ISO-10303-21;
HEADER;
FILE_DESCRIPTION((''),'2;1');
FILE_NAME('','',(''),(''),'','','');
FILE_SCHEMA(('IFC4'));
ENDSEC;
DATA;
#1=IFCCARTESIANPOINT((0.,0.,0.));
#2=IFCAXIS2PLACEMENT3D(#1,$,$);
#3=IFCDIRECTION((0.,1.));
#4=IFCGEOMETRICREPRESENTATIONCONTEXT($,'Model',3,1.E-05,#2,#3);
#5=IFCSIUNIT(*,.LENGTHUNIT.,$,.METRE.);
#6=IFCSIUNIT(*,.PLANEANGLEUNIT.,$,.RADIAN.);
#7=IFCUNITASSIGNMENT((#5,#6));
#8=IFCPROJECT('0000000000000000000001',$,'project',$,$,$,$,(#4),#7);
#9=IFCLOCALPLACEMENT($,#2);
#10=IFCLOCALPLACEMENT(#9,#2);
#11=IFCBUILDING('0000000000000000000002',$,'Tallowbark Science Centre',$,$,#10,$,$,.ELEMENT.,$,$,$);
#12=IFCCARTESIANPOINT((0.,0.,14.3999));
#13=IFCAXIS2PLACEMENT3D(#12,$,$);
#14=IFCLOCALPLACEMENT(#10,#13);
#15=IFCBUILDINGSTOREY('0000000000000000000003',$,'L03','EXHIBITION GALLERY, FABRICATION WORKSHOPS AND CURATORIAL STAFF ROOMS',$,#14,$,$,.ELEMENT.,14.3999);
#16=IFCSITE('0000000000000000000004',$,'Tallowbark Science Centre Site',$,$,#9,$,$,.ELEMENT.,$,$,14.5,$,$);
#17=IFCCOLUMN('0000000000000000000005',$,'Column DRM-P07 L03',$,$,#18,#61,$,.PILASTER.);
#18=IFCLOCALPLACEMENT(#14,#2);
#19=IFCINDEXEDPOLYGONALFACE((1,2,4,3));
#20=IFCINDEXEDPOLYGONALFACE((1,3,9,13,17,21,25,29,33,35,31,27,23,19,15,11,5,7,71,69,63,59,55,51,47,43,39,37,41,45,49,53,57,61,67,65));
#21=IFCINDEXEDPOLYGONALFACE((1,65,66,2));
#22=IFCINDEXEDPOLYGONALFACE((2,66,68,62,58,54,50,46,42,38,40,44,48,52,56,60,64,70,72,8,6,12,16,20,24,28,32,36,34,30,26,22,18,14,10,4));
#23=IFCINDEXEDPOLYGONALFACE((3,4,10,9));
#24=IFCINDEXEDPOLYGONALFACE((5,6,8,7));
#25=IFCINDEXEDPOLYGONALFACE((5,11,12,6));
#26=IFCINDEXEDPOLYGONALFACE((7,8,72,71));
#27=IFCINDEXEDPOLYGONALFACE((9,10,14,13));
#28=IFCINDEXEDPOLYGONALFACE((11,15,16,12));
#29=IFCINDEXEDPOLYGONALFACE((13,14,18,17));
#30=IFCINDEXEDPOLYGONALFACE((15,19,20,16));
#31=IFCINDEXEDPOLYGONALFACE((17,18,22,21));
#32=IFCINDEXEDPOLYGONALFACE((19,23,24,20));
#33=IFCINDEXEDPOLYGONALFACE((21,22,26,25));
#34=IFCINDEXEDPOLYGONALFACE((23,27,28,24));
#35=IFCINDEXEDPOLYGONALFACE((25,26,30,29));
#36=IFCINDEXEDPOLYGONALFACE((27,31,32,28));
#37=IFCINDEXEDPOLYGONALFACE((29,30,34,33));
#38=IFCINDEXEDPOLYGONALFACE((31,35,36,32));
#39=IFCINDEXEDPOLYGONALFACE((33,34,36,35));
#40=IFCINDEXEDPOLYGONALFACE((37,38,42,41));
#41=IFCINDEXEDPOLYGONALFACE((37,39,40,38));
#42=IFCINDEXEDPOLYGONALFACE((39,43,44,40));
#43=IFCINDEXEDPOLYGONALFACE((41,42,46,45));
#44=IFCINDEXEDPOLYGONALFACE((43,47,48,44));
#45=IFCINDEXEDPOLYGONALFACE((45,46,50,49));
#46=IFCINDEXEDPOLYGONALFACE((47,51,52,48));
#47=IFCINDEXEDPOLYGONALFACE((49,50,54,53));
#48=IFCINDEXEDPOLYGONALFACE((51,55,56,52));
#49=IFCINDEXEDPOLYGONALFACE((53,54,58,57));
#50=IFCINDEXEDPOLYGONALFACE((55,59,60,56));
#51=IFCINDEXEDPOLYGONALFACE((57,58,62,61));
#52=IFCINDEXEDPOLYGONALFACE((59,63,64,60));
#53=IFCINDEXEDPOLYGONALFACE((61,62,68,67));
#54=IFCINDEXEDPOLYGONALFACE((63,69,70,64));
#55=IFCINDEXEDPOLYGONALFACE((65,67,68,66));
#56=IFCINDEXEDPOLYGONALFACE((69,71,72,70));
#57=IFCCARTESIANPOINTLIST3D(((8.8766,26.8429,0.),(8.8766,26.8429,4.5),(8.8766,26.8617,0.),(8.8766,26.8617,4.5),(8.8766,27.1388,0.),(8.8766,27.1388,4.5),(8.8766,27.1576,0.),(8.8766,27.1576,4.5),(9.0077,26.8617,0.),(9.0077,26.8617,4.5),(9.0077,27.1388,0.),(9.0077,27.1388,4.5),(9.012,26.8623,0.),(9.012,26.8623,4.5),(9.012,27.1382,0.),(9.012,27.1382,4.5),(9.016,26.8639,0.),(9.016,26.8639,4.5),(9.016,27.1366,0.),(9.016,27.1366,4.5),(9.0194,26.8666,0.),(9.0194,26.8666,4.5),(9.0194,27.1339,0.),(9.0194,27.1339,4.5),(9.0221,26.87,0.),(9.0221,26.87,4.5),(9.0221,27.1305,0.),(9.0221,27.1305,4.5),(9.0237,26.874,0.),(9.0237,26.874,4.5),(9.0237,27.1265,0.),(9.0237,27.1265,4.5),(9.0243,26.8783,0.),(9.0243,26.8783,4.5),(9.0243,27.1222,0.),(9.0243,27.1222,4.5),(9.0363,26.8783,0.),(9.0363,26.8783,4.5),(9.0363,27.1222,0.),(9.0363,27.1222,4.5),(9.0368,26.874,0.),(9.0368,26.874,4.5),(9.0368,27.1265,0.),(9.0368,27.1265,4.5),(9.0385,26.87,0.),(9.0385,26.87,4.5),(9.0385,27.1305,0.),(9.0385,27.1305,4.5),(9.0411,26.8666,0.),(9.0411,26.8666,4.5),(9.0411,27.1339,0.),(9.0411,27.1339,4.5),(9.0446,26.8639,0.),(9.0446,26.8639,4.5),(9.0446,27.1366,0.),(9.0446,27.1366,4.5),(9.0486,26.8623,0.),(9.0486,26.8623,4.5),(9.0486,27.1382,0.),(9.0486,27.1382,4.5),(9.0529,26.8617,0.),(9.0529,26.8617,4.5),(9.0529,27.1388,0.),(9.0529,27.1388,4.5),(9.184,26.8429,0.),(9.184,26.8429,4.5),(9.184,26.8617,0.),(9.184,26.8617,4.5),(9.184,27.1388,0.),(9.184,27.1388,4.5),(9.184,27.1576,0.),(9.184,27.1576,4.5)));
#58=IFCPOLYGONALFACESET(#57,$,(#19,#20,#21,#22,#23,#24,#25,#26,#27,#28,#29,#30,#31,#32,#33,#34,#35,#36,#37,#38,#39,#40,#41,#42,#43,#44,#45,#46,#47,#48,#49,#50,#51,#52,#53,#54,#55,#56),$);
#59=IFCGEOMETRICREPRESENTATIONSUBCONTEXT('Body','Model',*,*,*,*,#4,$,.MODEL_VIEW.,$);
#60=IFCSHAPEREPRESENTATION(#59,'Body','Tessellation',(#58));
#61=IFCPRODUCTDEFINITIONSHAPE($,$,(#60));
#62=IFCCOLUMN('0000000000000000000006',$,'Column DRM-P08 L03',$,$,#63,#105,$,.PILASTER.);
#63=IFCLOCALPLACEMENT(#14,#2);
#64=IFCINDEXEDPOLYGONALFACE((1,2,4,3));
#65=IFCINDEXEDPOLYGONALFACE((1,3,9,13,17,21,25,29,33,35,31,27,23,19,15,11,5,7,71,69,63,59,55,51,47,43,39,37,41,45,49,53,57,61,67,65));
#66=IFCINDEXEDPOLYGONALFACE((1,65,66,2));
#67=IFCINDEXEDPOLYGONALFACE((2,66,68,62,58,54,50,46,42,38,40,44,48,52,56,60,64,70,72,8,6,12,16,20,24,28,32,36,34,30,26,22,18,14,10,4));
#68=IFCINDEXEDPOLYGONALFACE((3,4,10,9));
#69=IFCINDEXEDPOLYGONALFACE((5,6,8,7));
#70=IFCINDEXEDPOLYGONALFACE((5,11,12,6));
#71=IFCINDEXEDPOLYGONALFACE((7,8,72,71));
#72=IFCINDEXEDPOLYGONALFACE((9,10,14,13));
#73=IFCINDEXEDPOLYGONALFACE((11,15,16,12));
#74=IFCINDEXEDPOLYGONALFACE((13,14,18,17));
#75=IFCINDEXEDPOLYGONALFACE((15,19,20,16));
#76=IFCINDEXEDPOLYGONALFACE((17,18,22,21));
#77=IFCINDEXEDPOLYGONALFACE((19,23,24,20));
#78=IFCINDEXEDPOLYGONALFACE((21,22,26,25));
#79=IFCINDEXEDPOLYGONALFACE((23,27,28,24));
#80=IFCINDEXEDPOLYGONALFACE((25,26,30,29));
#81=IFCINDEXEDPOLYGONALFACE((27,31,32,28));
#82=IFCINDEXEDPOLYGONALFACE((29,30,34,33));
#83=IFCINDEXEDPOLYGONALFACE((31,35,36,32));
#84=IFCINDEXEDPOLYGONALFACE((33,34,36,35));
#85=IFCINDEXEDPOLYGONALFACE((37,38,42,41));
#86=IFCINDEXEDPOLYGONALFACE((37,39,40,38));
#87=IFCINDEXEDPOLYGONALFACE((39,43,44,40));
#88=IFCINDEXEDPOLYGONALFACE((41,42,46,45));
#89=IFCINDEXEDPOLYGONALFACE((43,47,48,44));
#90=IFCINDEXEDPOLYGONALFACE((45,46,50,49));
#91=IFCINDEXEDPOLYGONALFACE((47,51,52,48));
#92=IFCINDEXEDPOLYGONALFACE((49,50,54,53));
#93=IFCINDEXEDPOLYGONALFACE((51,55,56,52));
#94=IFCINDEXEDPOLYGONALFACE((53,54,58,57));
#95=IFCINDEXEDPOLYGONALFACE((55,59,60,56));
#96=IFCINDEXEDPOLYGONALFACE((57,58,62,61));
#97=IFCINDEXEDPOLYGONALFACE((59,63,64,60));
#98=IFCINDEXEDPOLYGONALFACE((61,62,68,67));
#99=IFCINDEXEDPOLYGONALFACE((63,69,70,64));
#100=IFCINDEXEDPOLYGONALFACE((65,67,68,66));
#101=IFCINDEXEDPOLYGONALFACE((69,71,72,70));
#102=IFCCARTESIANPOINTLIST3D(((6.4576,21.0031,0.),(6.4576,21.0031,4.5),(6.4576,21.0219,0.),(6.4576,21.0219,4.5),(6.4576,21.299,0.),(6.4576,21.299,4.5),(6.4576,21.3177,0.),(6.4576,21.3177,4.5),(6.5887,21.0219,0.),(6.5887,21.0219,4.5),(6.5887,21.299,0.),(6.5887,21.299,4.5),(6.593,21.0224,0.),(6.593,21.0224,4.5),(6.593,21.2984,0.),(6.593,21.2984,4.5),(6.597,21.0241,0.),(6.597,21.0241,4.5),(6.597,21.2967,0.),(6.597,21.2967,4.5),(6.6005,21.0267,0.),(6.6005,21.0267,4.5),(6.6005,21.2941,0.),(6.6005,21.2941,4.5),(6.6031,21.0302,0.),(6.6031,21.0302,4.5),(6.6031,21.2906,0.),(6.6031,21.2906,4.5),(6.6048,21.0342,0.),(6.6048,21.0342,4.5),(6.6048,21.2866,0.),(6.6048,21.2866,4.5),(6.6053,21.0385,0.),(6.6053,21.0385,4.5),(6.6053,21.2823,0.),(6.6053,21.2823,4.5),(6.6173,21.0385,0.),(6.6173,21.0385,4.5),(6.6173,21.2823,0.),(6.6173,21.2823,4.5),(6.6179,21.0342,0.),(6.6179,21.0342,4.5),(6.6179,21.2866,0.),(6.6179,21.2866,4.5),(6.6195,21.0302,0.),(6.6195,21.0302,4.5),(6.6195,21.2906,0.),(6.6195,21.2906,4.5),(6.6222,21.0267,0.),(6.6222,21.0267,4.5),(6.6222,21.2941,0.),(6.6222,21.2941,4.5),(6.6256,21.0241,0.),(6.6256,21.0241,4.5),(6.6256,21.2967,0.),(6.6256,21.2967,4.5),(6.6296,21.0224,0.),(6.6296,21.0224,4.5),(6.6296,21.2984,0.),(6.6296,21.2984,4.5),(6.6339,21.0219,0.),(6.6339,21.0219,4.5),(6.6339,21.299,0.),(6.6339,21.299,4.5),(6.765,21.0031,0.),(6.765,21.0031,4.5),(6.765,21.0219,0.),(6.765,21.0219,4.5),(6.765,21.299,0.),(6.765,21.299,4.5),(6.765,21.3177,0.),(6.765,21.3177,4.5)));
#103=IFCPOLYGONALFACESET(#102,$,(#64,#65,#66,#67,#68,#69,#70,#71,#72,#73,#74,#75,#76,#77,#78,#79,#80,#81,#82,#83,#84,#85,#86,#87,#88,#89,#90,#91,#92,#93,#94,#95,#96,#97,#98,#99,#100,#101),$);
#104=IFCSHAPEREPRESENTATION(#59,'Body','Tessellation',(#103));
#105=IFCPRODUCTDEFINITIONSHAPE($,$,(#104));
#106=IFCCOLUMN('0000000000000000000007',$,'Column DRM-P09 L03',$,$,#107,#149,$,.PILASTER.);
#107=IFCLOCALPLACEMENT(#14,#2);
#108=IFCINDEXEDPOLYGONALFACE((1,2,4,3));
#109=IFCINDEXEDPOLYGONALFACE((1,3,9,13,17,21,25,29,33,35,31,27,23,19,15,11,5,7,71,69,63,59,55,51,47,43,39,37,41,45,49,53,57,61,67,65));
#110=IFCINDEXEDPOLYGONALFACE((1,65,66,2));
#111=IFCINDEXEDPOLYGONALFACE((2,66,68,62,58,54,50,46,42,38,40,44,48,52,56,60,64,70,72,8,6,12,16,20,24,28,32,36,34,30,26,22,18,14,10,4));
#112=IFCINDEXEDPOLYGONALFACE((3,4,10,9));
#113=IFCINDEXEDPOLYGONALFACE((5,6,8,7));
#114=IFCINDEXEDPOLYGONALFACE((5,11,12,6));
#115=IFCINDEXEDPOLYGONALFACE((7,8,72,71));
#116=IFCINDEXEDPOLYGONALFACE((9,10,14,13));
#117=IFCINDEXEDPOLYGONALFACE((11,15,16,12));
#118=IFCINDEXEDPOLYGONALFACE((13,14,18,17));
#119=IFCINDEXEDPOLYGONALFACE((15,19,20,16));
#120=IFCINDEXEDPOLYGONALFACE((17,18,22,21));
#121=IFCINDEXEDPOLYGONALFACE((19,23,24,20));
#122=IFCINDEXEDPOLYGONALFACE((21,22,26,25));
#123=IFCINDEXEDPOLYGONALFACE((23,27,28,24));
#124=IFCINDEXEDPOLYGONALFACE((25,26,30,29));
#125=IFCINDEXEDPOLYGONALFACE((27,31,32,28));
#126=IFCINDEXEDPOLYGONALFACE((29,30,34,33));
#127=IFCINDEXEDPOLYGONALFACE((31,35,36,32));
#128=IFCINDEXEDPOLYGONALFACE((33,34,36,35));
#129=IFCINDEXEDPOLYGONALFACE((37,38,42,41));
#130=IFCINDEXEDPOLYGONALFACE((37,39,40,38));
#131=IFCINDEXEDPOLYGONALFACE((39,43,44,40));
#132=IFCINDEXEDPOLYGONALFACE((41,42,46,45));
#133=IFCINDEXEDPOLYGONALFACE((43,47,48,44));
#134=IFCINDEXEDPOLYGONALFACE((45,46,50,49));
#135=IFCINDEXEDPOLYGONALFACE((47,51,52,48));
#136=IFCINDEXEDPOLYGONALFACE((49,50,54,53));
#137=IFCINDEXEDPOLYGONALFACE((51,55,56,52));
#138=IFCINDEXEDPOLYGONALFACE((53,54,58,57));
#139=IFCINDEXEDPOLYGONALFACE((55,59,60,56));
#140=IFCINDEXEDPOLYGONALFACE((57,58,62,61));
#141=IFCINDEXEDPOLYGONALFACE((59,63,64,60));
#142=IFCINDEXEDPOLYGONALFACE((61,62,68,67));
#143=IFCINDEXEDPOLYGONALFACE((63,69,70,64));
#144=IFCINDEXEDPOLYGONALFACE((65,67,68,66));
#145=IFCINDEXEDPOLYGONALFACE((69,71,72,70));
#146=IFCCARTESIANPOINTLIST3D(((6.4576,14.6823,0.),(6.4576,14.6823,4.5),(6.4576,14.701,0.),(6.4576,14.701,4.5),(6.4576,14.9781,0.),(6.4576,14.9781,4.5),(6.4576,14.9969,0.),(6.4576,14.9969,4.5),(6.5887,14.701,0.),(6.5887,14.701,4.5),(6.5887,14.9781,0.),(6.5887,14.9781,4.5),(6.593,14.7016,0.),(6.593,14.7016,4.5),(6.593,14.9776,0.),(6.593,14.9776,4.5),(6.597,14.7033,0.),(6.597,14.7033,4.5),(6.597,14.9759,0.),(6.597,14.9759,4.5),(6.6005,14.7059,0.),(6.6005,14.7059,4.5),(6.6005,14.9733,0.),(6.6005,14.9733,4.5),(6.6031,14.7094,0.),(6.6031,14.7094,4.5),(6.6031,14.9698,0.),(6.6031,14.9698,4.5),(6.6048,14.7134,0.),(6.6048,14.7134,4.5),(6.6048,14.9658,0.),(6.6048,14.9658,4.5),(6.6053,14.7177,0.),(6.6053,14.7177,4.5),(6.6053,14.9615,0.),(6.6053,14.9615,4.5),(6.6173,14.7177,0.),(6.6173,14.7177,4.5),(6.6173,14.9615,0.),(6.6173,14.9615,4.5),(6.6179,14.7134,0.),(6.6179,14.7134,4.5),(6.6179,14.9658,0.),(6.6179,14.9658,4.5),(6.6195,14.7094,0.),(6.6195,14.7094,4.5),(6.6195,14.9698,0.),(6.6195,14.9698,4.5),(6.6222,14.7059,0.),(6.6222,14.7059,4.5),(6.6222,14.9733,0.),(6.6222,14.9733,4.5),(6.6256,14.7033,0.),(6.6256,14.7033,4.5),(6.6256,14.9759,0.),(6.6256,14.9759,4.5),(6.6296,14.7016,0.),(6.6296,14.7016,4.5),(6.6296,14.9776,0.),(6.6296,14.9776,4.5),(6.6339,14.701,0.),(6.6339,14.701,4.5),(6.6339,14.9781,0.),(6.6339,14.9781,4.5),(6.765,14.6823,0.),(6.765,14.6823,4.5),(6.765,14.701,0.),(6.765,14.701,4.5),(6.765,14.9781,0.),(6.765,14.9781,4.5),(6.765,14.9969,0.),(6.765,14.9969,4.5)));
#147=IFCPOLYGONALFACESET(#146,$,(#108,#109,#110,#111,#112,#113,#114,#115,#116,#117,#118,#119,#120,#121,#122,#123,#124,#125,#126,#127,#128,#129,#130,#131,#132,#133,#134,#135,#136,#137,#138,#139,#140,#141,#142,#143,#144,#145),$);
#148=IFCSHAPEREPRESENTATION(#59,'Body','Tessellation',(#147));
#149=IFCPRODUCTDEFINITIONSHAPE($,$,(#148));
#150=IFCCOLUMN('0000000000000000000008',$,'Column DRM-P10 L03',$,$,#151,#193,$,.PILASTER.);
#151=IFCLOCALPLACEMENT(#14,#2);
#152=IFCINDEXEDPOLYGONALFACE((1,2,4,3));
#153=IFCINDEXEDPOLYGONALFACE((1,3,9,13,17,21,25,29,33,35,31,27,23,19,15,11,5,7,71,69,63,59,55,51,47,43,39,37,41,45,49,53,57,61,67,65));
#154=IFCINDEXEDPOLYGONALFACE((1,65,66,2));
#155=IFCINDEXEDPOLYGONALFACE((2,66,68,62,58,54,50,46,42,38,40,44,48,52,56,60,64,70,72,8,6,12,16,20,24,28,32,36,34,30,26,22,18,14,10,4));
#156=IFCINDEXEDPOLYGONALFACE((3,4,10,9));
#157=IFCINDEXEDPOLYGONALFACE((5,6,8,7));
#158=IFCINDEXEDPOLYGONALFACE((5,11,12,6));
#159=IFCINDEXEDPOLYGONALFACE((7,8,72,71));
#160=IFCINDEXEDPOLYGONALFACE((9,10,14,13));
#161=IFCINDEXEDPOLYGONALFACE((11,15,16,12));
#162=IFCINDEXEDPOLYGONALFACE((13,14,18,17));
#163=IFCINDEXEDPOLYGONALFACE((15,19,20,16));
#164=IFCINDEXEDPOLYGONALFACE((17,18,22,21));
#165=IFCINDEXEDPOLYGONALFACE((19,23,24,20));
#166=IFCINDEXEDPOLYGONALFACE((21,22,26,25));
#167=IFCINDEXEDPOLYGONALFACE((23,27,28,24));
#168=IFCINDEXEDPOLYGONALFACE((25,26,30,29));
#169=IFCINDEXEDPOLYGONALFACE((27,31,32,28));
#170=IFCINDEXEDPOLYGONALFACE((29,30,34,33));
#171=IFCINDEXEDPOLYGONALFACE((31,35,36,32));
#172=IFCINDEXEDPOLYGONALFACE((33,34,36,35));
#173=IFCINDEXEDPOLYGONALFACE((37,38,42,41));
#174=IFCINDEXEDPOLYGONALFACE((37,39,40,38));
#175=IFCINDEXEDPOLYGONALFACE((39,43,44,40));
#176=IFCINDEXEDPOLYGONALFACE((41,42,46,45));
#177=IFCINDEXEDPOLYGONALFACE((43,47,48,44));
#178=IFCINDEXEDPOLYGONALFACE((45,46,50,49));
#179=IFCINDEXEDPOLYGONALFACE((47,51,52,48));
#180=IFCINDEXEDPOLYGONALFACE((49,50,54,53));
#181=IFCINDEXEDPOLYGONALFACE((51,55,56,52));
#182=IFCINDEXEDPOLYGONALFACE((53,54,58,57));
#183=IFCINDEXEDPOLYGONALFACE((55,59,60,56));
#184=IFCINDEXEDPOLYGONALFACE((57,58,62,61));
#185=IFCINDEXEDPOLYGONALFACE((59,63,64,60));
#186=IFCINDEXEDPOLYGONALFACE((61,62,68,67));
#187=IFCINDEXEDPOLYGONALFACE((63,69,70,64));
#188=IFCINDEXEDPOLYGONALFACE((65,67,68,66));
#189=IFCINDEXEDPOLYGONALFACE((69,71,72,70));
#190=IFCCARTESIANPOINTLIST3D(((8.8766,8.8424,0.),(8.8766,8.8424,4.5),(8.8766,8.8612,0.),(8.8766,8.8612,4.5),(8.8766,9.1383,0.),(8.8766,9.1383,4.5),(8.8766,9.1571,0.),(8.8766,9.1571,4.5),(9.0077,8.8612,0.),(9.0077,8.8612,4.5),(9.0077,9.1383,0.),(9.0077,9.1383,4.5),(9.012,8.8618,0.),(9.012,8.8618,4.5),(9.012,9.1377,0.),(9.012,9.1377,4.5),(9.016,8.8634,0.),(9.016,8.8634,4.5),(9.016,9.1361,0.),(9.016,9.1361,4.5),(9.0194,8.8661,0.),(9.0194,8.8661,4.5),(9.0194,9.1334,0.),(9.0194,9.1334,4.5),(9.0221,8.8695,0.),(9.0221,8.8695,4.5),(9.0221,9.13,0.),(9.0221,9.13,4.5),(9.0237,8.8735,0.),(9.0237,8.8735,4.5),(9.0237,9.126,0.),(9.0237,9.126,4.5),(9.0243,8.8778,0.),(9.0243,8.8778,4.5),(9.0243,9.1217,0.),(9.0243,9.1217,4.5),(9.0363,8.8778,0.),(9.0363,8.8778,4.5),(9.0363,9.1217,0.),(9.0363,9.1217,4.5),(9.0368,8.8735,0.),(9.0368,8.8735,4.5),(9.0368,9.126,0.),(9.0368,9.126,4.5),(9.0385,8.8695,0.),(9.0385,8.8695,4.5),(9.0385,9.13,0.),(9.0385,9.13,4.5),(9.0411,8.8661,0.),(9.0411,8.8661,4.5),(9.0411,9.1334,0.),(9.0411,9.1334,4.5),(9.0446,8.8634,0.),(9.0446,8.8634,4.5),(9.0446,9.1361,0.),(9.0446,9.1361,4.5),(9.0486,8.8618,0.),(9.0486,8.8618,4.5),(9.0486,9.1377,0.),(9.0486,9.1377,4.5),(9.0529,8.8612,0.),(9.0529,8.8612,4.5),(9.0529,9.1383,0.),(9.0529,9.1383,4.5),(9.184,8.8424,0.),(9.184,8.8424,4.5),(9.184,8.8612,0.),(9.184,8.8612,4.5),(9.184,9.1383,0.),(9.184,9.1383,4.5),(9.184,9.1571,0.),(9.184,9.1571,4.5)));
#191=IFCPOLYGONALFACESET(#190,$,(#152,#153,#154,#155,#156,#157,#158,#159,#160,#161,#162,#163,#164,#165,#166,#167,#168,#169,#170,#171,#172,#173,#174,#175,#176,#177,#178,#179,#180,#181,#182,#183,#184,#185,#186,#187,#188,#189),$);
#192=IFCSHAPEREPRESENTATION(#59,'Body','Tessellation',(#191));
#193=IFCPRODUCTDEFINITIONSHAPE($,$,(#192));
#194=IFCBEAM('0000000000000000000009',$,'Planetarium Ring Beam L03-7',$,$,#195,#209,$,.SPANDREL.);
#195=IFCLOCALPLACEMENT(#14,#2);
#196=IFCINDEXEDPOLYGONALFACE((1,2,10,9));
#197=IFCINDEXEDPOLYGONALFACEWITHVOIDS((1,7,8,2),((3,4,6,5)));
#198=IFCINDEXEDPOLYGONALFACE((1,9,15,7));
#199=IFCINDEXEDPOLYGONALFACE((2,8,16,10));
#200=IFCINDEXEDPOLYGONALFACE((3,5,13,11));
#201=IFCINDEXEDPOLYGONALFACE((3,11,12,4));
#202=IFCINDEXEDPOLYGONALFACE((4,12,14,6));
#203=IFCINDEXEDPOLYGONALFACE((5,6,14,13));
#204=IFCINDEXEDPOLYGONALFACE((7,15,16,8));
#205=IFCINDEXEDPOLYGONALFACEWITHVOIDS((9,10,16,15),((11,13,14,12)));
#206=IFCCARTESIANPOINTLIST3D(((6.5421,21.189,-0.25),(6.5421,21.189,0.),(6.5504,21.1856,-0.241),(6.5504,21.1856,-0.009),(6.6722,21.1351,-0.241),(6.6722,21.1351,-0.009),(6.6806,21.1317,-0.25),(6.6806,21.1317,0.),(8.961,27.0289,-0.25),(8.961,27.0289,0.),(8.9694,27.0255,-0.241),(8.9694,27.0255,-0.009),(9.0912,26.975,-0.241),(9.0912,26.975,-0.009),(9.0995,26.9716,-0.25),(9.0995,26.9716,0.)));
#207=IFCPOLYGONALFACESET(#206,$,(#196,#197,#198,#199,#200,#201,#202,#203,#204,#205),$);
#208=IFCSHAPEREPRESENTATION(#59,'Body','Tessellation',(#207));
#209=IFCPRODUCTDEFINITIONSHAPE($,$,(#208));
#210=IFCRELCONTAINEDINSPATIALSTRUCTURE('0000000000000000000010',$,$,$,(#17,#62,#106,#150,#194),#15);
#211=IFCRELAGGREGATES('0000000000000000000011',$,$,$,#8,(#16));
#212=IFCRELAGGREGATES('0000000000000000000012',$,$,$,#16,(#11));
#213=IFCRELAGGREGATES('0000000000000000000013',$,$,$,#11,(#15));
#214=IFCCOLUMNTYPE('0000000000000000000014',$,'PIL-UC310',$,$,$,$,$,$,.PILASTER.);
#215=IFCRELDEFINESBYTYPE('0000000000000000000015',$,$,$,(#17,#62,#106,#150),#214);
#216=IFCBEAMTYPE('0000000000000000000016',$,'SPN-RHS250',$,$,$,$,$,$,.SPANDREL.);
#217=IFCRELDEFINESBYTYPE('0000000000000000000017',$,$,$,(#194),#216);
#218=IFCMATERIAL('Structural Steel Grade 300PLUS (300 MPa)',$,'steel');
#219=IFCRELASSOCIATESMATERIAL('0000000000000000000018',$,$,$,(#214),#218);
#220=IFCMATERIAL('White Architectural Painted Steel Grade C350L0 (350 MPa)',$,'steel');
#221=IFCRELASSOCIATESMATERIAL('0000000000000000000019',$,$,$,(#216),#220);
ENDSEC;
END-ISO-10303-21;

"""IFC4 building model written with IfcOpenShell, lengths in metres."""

from ifc_helpers import new_model, si_unit, direction, frame, origin, origin_2d, place, context, subcontext, project, spatial, hollow_rectangle, i_section, extrude, material, material_profile, profile_set, type_object, element, save


model = new_model("IFC4")

# Units and contexts
model_context = context("Model", 3, precision=1e-05, world=origin(), true_north=direction((0.0, 1.0)))
body_context = subcontext(model_context, "Body", "Model", "MODEL_VIEW")
ifc_project = project(units=[si_unit("LENGTHUNIT", "METRE"), si_unit("PLANEANGLEUNIT", "RADIAN")], contexts=[model_context])

# Site, building, storey
site_placement = place(None, origin())
site = spatial("IfcSite", under=ifc_project, at=site_placement, Name="Tallowbark Science Centre Site", CompositionType="ELEMENT", RefElevation=14.5)
building_placement = place(site_placement, origin())
building = spatial("IfcBuilding", under=site, at=building_placement, Name="Tallowbark Science Centre", CompositionType="ELEMENT")
storey_placement = place(building_placement, frame((0.0, 0.0, 14.3999)))
storey = spatial("IfcBuildingStorey", under=building, at=storey_placement, Name="L03", Description="EXHIBITION GALLERY, FABRICATION WORKSHOPS AND CURATORIAL STAFF ROOMS", CompositionType="ELEMENT", Elevation=14.3999)

# Columns
ifc_material_1 = material(Name="Structural Steel Grade 300PLUS (300 MPa)", Category="steel")
ifc_material_profile_1 = material_profile(ifc_material_1, i_section(OverallWidth=0.3074, OverallDepth=0.3147, WebThickness=0.012, FlangeThickness=0.0188, FilletRadius=0.0166, at=origin_2d()), Name="310UC118")
ifc_profile_set_1 = profile_set([ifc_material_profile_1], Name="Structural Steel Grade 300PLUS (300 MPa)")
column_type = type_object("IfcColumnType", Name="PIL-UC310", PredefinedType="PILASTER", material=ifc_profile_set_1)
for number, where, z_axis, x_axis, name in (
    (1, (9.0303, 27.0002, 0.0), (0.0, 0.0, 1.0), (1.0, 0.0, 0.0), "Column DRM-P07 L03"),
    (2, (6.6113, 21.1604, 0.0), (0.0, 0.0, 1.0), (1.0, 0.0, 0.0), "Column DRM-P08 L03"),
    (3, (6.6113, 14.8396, 0.0), (0.0, 0.0, 1.0), (1.0, 0.0, 0.0), "Column DRM-P09 L03"),
    (4, (9.0303, 8.9998, 0.0), (0.0, 0.0, 1.0), (1.0, 0.0, 0.0), "Column DRM-P10 L03"),
):
    element("IfcColumn", number, at=place(storey_placement, frame(where, z_axis=z_axis, x_axis=x_axis)), inside=storey, type_object=column_type, Name=name, PredefinedType="PILASTER", context=body_context, shape_type="SweptSolid", body=[
        extrude(i_section(OverallWidth=0.3074, OverallDepth=0.3147, WebThickness=0.012, FlangeThickness=0.0188, FilletRadius=0.0166, at=origin_2d()), origin(), (0.0, 0.0, 1.0), 4.5),
    ])

# Beam
ifc_material_2 = material(Name="White Architectural Painted Steel Grade C350L0 (350 MPa)", Category="steel")
ifc_material_profile_2 = material_profile(ifc_material_2, hollow_rectangle(XDim=0.1499, YDim=0.25, WallThickness=0.009, at=origin_2d()), Name="250x150x9.0RHS")
ifc_profile_set_2 = profile_set([ifc_material_profile_2], Name="White Architectural Painted Steel Grade C350L0 (350 MPa)")
beam_type = type_object("IfcBeamType", Name="SPN-RHS250", PredefinedType="SPANDREL", material=ifc_profile_set_2)
beam_1_placement = place(storey_placement, frame((9.0303, 27.0002, -0.125), z_axis=(-0.382684, -0.923879, 0.0), x_axis=(0.923879, -0.382684, 0.0)))
element("IfcBeam", 5, at=beam_1_placement, inside=storey, type_object=beam_type, Name="Planetarium Ring Beam L03-7", PredefinedType="SPANDREL", context=body_context, shape_type="SweptSolid", body=[
    extrude(hollow_rectangle(XDim=0.1499, YDim=0.25, WallThickness=0.009, at=origin_2d()), origin(), (0.0, 0.0, 1.0), 6.321),
])

save(model, "model.ifc")
